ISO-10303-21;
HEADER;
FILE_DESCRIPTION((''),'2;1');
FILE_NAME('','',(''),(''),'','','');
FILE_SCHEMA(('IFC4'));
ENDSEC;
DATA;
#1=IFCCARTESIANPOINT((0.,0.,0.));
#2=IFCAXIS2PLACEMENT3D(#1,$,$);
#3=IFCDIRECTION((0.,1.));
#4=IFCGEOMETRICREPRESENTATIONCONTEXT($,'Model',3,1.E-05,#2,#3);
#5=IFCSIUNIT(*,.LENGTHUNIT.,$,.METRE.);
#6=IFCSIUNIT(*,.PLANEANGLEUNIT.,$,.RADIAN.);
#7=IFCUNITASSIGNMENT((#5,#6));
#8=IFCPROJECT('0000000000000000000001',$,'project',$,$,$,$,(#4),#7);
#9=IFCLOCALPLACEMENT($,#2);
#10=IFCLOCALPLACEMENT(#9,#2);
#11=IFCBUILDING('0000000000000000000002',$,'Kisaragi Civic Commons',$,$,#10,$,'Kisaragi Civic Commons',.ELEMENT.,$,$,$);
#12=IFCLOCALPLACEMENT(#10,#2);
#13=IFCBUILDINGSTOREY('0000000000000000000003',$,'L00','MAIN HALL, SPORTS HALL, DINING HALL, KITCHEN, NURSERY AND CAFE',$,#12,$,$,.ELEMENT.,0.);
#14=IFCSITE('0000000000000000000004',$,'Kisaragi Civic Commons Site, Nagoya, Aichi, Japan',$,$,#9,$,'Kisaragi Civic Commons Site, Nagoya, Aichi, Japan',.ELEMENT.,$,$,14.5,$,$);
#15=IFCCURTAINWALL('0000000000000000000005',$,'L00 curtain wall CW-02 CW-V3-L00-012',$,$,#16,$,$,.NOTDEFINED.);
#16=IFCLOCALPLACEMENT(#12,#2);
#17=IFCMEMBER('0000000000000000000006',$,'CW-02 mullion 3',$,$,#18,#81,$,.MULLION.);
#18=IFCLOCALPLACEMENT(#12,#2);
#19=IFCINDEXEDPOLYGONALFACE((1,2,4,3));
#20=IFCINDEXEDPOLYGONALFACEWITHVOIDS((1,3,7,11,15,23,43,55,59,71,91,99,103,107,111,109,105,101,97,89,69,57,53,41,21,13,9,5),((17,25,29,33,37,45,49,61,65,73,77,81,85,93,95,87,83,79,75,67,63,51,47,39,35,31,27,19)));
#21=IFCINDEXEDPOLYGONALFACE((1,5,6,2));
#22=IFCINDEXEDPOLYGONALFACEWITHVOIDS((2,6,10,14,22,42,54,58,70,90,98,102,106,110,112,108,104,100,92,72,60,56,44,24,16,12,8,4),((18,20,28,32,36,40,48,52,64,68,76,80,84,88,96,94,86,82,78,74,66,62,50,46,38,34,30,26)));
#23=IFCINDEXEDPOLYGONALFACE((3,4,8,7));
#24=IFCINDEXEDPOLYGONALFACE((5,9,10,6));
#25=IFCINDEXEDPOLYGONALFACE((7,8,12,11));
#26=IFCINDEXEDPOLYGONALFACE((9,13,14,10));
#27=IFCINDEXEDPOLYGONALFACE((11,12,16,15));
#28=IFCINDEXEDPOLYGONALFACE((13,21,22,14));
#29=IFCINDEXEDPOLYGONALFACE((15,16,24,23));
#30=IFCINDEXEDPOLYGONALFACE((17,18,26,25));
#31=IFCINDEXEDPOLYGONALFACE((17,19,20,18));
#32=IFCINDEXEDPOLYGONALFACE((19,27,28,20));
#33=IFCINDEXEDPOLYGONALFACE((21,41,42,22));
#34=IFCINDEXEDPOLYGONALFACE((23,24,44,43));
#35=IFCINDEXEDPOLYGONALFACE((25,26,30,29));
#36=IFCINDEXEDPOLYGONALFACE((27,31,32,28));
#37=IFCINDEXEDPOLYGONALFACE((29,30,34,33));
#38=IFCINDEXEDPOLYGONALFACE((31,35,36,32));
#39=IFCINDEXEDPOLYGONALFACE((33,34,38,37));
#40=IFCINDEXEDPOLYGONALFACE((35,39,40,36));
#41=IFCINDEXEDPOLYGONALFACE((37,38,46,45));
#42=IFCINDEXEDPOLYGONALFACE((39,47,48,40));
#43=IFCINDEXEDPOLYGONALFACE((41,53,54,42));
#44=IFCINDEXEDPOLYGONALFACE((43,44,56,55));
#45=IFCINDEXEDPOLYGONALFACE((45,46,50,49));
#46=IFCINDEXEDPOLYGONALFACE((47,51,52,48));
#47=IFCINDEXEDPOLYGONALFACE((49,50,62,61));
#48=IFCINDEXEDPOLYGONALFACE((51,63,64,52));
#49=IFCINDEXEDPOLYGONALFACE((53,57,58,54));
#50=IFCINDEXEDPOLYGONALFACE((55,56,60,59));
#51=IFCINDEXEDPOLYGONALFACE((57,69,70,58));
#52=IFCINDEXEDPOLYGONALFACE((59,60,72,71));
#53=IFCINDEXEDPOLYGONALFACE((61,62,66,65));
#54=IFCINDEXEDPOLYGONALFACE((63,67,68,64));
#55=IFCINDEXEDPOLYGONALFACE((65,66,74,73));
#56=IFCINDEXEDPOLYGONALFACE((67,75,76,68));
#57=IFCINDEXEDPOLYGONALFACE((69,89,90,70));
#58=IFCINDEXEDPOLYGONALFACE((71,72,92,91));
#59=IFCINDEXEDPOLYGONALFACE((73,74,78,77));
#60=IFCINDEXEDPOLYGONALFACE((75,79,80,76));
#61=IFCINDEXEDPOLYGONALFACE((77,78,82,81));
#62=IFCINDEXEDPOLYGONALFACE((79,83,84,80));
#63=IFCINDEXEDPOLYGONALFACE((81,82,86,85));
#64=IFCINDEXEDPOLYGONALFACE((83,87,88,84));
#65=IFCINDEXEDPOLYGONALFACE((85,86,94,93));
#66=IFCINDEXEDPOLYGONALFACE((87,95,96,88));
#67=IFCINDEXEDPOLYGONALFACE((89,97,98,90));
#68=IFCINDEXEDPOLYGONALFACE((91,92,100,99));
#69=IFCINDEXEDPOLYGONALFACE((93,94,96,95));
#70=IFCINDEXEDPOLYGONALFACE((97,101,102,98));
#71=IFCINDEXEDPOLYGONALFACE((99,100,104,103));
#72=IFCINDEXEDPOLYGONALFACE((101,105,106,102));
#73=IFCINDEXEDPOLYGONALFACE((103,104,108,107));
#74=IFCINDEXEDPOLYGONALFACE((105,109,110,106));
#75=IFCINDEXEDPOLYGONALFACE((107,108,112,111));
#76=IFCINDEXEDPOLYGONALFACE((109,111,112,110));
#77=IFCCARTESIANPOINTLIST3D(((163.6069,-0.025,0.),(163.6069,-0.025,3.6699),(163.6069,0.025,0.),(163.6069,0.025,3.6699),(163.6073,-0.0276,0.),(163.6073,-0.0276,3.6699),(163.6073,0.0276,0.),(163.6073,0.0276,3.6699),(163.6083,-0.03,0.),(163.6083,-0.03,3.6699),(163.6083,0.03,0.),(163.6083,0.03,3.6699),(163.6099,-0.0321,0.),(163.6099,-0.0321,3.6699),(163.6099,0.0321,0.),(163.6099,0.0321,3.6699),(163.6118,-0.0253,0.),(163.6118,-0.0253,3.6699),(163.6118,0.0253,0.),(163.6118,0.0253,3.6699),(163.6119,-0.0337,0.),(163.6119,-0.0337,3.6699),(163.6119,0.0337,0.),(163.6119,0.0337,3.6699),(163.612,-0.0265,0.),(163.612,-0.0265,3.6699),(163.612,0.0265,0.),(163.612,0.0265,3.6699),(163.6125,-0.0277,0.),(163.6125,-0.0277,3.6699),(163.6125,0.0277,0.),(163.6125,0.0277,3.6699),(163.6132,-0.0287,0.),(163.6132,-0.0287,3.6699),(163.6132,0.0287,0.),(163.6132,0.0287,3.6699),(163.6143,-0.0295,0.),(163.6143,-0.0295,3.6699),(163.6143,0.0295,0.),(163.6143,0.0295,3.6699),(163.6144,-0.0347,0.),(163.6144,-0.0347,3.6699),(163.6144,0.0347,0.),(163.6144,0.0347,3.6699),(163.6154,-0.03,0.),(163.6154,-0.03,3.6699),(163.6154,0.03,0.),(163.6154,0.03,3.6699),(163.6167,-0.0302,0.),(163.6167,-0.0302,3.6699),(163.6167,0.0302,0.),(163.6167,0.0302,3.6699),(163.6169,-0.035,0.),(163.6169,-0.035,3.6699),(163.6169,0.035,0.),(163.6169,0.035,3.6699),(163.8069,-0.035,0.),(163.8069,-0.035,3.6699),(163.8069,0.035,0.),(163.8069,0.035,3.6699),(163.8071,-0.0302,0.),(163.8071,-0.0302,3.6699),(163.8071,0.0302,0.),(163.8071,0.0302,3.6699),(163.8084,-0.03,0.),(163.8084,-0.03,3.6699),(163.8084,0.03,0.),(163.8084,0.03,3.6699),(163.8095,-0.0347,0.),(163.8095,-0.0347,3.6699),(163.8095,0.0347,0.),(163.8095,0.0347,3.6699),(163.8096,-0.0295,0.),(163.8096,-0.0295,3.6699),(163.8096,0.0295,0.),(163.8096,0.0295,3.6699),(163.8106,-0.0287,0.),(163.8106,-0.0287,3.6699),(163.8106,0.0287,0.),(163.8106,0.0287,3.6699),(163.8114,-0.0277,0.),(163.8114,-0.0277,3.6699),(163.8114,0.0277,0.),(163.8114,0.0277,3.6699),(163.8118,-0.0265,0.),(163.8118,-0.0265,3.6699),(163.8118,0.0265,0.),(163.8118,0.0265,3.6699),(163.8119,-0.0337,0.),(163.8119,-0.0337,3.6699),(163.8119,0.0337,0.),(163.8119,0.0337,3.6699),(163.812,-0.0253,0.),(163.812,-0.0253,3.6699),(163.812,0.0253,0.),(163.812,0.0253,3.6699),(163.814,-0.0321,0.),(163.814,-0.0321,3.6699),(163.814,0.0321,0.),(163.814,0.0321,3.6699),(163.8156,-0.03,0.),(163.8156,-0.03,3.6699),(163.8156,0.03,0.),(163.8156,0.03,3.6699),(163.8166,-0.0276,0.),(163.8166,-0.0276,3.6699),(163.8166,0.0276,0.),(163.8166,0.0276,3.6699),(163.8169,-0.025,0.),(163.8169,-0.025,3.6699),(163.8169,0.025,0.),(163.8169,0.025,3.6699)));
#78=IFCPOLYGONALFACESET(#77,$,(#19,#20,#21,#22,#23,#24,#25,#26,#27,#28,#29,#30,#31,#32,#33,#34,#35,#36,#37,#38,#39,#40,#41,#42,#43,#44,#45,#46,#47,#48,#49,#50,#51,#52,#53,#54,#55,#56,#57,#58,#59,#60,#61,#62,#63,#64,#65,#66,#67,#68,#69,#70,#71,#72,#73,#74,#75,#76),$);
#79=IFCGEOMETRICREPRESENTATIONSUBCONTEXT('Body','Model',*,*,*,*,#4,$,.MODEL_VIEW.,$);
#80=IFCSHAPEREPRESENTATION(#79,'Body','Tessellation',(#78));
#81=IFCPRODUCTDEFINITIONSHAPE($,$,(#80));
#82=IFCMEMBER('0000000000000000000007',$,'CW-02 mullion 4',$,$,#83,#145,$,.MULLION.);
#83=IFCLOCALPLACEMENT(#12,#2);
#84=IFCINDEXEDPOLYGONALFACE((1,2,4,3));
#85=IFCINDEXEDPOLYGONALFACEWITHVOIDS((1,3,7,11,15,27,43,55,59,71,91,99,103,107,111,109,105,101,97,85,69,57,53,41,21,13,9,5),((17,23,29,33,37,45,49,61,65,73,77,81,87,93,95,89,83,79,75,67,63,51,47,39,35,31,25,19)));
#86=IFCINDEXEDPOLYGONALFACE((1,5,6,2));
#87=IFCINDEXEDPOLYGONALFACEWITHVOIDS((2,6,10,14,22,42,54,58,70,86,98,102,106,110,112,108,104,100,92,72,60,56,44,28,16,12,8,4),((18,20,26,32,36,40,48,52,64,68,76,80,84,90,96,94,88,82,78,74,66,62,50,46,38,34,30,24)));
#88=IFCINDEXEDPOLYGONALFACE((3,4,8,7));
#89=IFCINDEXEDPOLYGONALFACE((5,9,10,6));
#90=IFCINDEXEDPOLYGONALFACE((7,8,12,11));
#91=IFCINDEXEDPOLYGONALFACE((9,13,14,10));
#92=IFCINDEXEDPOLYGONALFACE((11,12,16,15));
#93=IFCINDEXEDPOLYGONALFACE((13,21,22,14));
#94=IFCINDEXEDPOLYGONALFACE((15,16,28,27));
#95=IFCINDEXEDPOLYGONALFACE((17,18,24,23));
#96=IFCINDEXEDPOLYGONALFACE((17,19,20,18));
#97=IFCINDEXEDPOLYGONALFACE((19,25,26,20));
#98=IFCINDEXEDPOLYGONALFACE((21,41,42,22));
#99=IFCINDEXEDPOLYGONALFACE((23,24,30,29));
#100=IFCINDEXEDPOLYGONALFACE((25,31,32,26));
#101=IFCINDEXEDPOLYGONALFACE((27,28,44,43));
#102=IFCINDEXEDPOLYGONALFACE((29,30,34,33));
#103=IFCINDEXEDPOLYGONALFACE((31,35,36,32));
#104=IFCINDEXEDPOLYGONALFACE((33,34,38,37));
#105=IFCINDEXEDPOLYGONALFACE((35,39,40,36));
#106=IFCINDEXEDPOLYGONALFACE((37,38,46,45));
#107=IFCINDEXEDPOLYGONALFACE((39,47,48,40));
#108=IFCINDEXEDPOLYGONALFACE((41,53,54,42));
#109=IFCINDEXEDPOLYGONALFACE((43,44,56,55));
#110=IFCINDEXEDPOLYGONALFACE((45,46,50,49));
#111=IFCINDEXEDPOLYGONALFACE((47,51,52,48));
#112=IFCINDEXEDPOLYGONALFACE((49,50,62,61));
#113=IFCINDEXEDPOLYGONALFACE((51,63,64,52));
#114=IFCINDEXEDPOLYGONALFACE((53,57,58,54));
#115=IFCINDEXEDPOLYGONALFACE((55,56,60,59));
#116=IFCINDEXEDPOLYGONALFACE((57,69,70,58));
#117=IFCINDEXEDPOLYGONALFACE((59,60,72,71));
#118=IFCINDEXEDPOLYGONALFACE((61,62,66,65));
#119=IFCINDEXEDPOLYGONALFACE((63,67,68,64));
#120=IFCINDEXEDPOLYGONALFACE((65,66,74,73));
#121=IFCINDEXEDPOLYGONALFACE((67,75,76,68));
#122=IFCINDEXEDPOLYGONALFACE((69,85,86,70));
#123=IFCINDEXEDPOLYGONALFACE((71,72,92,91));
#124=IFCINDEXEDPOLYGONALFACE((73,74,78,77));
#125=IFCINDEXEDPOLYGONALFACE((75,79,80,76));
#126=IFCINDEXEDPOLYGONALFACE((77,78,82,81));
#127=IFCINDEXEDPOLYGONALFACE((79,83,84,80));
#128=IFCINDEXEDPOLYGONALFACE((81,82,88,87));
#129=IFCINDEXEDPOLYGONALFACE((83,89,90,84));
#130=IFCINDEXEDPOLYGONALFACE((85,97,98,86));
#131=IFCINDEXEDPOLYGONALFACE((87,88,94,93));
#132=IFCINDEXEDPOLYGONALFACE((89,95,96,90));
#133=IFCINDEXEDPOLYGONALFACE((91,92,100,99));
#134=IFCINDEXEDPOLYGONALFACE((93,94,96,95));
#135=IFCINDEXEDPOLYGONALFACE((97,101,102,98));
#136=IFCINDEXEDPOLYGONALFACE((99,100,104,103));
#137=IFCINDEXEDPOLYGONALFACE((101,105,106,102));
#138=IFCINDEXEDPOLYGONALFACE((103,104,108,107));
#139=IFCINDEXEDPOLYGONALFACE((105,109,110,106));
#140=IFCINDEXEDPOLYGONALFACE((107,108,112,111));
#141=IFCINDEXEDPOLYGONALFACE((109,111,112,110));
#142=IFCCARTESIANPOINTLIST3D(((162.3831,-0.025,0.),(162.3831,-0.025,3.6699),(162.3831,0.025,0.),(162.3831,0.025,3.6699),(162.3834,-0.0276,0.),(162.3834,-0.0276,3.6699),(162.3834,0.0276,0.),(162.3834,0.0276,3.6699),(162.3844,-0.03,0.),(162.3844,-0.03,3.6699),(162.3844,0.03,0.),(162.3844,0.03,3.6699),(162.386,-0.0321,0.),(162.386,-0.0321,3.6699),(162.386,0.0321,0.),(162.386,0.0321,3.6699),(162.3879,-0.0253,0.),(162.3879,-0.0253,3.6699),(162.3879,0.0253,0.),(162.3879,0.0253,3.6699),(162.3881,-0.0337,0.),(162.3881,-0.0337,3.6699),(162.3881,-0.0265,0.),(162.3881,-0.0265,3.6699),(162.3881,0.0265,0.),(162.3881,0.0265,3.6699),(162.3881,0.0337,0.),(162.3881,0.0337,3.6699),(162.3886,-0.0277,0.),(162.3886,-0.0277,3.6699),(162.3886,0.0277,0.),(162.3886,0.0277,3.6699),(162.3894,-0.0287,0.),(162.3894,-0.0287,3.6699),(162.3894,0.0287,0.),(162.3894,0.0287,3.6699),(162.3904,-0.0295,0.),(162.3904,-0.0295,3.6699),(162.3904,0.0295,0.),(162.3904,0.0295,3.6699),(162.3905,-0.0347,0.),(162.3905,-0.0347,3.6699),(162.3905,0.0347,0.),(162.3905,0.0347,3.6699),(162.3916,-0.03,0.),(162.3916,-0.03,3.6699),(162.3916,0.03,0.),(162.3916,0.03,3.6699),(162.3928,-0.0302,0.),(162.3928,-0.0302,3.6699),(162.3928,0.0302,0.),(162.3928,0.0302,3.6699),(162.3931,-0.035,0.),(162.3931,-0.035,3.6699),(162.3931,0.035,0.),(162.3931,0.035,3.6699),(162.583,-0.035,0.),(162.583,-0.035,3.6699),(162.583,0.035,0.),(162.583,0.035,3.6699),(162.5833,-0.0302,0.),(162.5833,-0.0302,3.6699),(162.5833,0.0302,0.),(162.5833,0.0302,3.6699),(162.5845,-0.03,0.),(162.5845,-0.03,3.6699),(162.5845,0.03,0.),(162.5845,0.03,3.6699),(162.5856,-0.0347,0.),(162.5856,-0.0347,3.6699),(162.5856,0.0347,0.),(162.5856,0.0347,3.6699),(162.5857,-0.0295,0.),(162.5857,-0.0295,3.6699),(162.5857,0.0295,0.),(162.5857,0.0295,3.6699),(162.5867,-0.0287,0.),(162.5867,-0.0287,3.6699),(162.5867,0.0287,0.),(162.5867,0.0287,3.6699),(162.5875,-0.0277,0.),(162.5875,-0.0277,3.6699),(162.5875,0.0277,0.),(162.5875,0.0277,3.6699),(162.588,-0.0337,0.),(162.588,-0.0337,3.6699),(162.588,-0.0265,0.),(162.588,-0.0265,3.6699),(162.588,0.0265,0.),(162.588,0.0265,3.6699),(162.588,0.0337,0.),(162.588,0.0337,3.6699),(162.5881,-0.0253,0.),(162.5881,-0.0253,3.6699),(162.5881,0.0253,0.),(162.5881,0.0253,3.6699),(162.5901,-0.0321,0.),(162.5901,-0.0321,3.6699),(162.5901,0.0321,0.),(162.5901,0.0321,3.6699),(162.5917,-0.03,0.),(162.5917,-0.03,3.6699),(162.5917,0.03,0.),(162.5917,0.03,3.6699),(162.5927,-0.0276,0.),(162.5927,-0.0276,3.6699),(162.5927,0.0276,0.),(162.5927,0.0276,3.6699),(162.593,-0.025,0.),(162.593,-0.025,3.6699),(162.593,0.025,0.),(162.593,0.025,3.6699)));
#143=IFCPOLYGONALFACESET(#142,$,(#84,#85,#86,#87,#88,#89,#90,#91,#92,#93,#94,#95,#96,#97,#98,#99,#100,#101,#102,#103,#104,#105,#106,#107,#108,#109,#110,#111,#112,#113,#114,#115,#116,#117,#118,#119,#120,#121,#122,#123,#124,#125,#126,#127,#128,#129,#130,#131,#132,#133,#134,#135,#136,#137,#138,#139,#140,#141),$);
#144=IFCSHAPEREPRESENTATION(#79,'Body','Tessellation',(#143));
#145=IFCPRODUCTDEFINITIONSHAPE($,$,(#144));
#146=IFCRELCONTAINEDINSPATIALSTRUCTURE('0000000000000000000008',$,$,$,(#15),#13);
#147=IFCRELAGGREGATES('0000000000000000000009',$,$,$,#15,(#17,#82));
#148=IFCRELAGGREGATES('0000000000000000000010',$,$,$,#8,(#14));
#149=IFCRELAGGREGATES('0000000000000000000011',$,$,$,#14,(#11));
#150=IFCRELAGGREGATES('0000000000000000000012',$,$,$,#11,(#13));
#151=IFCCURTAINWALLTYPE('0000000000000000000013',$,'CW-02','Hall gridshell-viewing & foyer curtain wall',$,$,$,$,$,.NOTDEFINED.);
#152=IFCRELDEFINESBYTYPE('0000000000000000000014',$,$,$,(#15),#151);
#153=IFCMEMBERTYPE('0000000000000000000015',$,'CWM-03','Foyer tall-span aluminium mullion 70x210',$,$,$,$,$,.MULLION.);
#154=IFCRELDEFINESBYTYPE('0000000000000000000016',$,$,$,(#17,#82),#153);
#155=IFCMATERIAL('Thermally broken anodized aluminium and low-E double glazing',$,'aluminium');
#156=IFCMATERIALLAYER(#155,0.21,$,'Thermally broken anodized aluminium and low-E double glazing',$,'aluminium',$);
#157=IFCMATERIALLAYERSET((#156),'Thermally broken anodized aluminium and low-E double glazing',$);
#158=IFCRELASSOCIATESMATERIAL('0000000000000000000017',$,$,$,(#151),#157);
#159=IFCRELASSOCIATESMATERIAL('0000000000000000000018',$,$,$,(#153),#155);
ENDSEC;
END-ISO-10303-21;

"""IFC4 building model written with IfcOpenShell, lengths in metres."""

from ifc_helpers import new_model, si_unit, direction, frame, origin, origin_2d, place, context, subcontext, project, spatial, hollow_rectangle, extrude, material, layer, layer_set, material_profile, profile_set, type_object, element, aggregate, save


model = new_model("IFC4")

# Units and contexts
model_context = context("Model", 3, precision=1e-05, world=origin(), true_north=direction((0.0, 1.0)))
body_context = subcontext(model_context, "Body", "Model", "MODEL_VIEW")
ifc_project = project(units=[si_unit("LENGTHUNIT", "METRE"), si_unit("PLANEANGLEUNIT", "RADIAN")], contexts=[model_context])

# Site, building, storey
site_placement = place(None, origin())
site = spatial("IfcSite", under=ifc_project, at=site_placement, Name="Kisaragi Civic Commons Site, Nagoya, Aichi, Japan", LongName="Kisaragi Civic Commons Site, Nagoya, Aichi, Japan", CompositionType="ELEMENT", RefElevation=14.5)
building_placement = place(site_placement, origin())
building = spatial("IfcBuilding", under=site, at=building_placement, Name="Kisaragi Civic Commons", LongName="Kisaragi Civic Commons", CompositionType="ELEMENT")
storey_placement = place(building_placement, origin())
storey = spatial("IfcBuildingStorey", under=building, at=storey_placement, Name="L00", Description="MAIN HALL, SPORTS HALL, DINING HALL, KITCHEN, NURSERY AND CAFE", CompositionType="ELEMENT", Elevation=0.0)

# Curtain wall, members
ifc_material = material(Name="Thermally broken anodized aluminium and low-E double glazing", Category="aluminium")
ifc_layer_1 = layer(ifc_material, 0.21, Name="Thermally broken anodized aluminium and low-E double glazing", Category="aluminium")
ifc_layer_set_1 = layer_set([ifc_layer_1], Name="Thermally broken anodized aluminium and low-E double glazing")
curtain_wall_type = type_object("IfcCurtainWallType", Name="CW-02", Description="Hall gridshell-viewing & foyer curtain wall", PredefinedType="NOTDEFINED", material=ifc_layer_set_1)
curtain_wall_placement = place(storey_placement, origin())
curtain_wall = element("IfcCurtainWall", 1, at=curtain_wall_placement, inside=storey, type_object=curtain_wall_type, Name="L00 curtain wall CW-02 CW-V3-L00-012", PredefinedType="NOTDEFINED")
ifc_material_profile_1 = material_profile(ifc_material, hollow_rectangle(XDim=0.0701, YDim=0.21, WallThickness=0.0049, InnerFilletRadius=0.0049, OuterFilletRadius=0.01, at=origin_2d()), Name="CWM-70x210x5", Category="aluminium")
ifc_profile_set_1 = profile_set([ifc_material_profile_1], Name="Thermally broken anodized aluminium and low-E double glazing")
member_type_1 = type_object("IfcMemberType", Name="CWM-03", Description="Foyer tall-span aluminium mullion 70x210", PredefinedType="MULLION", material=ifc_profile_set_1)
member_1_placement = place(storey_placement, frame((163.7119, 0.0, 0.0), z_axis=(0.0, 0.0, 1.0), x_axis=(0.0, -1.0, 0.0)))
member_1 = element("IfcMember", 2, at=member_1_placement, type_object=member_type_1, Name="CW-02 mullion 3", PredefinedType="MULLION", context=body_context, shape_type="SweptSolid", body=[
    extrude(hollow_rectangle(XDim=0.0701, YDim=0.21, WallThickness=0.0049, InnerFilletRadius=0.0049, OuterFilletRadius=0.01, at=origin_2d()), origin(), (0.0, 0.0, 1.0), 3.6699),
])
member_2_placement = place(storey_placement, frame((162.488, 0.0, 0.0), z_axis=(0.0, 0.0, 1.0), x_axis=(0.0, -1.0, 0.0)))
member_2 = element("IfcMember", 3, at=member_2_placement, type_object=member_type_1, Name="CW-02 mullion 4", PredefinedType="MULLION", context=body_context, shape_type="SweptSolid", body=[
    extrude(hollow_rectangle(XDim=0.0701, YDim=0.21, WallThickness=0.0049, InnerFilletRadius=0.0049, OuterFilletRadius=0.01, at=origin_2d()), origin(), (0.0, 0.0, 1.0), 3.6699),
])
aggregate(curtain_wall, [member_1, member_2])

save(model, "model.ifc")
